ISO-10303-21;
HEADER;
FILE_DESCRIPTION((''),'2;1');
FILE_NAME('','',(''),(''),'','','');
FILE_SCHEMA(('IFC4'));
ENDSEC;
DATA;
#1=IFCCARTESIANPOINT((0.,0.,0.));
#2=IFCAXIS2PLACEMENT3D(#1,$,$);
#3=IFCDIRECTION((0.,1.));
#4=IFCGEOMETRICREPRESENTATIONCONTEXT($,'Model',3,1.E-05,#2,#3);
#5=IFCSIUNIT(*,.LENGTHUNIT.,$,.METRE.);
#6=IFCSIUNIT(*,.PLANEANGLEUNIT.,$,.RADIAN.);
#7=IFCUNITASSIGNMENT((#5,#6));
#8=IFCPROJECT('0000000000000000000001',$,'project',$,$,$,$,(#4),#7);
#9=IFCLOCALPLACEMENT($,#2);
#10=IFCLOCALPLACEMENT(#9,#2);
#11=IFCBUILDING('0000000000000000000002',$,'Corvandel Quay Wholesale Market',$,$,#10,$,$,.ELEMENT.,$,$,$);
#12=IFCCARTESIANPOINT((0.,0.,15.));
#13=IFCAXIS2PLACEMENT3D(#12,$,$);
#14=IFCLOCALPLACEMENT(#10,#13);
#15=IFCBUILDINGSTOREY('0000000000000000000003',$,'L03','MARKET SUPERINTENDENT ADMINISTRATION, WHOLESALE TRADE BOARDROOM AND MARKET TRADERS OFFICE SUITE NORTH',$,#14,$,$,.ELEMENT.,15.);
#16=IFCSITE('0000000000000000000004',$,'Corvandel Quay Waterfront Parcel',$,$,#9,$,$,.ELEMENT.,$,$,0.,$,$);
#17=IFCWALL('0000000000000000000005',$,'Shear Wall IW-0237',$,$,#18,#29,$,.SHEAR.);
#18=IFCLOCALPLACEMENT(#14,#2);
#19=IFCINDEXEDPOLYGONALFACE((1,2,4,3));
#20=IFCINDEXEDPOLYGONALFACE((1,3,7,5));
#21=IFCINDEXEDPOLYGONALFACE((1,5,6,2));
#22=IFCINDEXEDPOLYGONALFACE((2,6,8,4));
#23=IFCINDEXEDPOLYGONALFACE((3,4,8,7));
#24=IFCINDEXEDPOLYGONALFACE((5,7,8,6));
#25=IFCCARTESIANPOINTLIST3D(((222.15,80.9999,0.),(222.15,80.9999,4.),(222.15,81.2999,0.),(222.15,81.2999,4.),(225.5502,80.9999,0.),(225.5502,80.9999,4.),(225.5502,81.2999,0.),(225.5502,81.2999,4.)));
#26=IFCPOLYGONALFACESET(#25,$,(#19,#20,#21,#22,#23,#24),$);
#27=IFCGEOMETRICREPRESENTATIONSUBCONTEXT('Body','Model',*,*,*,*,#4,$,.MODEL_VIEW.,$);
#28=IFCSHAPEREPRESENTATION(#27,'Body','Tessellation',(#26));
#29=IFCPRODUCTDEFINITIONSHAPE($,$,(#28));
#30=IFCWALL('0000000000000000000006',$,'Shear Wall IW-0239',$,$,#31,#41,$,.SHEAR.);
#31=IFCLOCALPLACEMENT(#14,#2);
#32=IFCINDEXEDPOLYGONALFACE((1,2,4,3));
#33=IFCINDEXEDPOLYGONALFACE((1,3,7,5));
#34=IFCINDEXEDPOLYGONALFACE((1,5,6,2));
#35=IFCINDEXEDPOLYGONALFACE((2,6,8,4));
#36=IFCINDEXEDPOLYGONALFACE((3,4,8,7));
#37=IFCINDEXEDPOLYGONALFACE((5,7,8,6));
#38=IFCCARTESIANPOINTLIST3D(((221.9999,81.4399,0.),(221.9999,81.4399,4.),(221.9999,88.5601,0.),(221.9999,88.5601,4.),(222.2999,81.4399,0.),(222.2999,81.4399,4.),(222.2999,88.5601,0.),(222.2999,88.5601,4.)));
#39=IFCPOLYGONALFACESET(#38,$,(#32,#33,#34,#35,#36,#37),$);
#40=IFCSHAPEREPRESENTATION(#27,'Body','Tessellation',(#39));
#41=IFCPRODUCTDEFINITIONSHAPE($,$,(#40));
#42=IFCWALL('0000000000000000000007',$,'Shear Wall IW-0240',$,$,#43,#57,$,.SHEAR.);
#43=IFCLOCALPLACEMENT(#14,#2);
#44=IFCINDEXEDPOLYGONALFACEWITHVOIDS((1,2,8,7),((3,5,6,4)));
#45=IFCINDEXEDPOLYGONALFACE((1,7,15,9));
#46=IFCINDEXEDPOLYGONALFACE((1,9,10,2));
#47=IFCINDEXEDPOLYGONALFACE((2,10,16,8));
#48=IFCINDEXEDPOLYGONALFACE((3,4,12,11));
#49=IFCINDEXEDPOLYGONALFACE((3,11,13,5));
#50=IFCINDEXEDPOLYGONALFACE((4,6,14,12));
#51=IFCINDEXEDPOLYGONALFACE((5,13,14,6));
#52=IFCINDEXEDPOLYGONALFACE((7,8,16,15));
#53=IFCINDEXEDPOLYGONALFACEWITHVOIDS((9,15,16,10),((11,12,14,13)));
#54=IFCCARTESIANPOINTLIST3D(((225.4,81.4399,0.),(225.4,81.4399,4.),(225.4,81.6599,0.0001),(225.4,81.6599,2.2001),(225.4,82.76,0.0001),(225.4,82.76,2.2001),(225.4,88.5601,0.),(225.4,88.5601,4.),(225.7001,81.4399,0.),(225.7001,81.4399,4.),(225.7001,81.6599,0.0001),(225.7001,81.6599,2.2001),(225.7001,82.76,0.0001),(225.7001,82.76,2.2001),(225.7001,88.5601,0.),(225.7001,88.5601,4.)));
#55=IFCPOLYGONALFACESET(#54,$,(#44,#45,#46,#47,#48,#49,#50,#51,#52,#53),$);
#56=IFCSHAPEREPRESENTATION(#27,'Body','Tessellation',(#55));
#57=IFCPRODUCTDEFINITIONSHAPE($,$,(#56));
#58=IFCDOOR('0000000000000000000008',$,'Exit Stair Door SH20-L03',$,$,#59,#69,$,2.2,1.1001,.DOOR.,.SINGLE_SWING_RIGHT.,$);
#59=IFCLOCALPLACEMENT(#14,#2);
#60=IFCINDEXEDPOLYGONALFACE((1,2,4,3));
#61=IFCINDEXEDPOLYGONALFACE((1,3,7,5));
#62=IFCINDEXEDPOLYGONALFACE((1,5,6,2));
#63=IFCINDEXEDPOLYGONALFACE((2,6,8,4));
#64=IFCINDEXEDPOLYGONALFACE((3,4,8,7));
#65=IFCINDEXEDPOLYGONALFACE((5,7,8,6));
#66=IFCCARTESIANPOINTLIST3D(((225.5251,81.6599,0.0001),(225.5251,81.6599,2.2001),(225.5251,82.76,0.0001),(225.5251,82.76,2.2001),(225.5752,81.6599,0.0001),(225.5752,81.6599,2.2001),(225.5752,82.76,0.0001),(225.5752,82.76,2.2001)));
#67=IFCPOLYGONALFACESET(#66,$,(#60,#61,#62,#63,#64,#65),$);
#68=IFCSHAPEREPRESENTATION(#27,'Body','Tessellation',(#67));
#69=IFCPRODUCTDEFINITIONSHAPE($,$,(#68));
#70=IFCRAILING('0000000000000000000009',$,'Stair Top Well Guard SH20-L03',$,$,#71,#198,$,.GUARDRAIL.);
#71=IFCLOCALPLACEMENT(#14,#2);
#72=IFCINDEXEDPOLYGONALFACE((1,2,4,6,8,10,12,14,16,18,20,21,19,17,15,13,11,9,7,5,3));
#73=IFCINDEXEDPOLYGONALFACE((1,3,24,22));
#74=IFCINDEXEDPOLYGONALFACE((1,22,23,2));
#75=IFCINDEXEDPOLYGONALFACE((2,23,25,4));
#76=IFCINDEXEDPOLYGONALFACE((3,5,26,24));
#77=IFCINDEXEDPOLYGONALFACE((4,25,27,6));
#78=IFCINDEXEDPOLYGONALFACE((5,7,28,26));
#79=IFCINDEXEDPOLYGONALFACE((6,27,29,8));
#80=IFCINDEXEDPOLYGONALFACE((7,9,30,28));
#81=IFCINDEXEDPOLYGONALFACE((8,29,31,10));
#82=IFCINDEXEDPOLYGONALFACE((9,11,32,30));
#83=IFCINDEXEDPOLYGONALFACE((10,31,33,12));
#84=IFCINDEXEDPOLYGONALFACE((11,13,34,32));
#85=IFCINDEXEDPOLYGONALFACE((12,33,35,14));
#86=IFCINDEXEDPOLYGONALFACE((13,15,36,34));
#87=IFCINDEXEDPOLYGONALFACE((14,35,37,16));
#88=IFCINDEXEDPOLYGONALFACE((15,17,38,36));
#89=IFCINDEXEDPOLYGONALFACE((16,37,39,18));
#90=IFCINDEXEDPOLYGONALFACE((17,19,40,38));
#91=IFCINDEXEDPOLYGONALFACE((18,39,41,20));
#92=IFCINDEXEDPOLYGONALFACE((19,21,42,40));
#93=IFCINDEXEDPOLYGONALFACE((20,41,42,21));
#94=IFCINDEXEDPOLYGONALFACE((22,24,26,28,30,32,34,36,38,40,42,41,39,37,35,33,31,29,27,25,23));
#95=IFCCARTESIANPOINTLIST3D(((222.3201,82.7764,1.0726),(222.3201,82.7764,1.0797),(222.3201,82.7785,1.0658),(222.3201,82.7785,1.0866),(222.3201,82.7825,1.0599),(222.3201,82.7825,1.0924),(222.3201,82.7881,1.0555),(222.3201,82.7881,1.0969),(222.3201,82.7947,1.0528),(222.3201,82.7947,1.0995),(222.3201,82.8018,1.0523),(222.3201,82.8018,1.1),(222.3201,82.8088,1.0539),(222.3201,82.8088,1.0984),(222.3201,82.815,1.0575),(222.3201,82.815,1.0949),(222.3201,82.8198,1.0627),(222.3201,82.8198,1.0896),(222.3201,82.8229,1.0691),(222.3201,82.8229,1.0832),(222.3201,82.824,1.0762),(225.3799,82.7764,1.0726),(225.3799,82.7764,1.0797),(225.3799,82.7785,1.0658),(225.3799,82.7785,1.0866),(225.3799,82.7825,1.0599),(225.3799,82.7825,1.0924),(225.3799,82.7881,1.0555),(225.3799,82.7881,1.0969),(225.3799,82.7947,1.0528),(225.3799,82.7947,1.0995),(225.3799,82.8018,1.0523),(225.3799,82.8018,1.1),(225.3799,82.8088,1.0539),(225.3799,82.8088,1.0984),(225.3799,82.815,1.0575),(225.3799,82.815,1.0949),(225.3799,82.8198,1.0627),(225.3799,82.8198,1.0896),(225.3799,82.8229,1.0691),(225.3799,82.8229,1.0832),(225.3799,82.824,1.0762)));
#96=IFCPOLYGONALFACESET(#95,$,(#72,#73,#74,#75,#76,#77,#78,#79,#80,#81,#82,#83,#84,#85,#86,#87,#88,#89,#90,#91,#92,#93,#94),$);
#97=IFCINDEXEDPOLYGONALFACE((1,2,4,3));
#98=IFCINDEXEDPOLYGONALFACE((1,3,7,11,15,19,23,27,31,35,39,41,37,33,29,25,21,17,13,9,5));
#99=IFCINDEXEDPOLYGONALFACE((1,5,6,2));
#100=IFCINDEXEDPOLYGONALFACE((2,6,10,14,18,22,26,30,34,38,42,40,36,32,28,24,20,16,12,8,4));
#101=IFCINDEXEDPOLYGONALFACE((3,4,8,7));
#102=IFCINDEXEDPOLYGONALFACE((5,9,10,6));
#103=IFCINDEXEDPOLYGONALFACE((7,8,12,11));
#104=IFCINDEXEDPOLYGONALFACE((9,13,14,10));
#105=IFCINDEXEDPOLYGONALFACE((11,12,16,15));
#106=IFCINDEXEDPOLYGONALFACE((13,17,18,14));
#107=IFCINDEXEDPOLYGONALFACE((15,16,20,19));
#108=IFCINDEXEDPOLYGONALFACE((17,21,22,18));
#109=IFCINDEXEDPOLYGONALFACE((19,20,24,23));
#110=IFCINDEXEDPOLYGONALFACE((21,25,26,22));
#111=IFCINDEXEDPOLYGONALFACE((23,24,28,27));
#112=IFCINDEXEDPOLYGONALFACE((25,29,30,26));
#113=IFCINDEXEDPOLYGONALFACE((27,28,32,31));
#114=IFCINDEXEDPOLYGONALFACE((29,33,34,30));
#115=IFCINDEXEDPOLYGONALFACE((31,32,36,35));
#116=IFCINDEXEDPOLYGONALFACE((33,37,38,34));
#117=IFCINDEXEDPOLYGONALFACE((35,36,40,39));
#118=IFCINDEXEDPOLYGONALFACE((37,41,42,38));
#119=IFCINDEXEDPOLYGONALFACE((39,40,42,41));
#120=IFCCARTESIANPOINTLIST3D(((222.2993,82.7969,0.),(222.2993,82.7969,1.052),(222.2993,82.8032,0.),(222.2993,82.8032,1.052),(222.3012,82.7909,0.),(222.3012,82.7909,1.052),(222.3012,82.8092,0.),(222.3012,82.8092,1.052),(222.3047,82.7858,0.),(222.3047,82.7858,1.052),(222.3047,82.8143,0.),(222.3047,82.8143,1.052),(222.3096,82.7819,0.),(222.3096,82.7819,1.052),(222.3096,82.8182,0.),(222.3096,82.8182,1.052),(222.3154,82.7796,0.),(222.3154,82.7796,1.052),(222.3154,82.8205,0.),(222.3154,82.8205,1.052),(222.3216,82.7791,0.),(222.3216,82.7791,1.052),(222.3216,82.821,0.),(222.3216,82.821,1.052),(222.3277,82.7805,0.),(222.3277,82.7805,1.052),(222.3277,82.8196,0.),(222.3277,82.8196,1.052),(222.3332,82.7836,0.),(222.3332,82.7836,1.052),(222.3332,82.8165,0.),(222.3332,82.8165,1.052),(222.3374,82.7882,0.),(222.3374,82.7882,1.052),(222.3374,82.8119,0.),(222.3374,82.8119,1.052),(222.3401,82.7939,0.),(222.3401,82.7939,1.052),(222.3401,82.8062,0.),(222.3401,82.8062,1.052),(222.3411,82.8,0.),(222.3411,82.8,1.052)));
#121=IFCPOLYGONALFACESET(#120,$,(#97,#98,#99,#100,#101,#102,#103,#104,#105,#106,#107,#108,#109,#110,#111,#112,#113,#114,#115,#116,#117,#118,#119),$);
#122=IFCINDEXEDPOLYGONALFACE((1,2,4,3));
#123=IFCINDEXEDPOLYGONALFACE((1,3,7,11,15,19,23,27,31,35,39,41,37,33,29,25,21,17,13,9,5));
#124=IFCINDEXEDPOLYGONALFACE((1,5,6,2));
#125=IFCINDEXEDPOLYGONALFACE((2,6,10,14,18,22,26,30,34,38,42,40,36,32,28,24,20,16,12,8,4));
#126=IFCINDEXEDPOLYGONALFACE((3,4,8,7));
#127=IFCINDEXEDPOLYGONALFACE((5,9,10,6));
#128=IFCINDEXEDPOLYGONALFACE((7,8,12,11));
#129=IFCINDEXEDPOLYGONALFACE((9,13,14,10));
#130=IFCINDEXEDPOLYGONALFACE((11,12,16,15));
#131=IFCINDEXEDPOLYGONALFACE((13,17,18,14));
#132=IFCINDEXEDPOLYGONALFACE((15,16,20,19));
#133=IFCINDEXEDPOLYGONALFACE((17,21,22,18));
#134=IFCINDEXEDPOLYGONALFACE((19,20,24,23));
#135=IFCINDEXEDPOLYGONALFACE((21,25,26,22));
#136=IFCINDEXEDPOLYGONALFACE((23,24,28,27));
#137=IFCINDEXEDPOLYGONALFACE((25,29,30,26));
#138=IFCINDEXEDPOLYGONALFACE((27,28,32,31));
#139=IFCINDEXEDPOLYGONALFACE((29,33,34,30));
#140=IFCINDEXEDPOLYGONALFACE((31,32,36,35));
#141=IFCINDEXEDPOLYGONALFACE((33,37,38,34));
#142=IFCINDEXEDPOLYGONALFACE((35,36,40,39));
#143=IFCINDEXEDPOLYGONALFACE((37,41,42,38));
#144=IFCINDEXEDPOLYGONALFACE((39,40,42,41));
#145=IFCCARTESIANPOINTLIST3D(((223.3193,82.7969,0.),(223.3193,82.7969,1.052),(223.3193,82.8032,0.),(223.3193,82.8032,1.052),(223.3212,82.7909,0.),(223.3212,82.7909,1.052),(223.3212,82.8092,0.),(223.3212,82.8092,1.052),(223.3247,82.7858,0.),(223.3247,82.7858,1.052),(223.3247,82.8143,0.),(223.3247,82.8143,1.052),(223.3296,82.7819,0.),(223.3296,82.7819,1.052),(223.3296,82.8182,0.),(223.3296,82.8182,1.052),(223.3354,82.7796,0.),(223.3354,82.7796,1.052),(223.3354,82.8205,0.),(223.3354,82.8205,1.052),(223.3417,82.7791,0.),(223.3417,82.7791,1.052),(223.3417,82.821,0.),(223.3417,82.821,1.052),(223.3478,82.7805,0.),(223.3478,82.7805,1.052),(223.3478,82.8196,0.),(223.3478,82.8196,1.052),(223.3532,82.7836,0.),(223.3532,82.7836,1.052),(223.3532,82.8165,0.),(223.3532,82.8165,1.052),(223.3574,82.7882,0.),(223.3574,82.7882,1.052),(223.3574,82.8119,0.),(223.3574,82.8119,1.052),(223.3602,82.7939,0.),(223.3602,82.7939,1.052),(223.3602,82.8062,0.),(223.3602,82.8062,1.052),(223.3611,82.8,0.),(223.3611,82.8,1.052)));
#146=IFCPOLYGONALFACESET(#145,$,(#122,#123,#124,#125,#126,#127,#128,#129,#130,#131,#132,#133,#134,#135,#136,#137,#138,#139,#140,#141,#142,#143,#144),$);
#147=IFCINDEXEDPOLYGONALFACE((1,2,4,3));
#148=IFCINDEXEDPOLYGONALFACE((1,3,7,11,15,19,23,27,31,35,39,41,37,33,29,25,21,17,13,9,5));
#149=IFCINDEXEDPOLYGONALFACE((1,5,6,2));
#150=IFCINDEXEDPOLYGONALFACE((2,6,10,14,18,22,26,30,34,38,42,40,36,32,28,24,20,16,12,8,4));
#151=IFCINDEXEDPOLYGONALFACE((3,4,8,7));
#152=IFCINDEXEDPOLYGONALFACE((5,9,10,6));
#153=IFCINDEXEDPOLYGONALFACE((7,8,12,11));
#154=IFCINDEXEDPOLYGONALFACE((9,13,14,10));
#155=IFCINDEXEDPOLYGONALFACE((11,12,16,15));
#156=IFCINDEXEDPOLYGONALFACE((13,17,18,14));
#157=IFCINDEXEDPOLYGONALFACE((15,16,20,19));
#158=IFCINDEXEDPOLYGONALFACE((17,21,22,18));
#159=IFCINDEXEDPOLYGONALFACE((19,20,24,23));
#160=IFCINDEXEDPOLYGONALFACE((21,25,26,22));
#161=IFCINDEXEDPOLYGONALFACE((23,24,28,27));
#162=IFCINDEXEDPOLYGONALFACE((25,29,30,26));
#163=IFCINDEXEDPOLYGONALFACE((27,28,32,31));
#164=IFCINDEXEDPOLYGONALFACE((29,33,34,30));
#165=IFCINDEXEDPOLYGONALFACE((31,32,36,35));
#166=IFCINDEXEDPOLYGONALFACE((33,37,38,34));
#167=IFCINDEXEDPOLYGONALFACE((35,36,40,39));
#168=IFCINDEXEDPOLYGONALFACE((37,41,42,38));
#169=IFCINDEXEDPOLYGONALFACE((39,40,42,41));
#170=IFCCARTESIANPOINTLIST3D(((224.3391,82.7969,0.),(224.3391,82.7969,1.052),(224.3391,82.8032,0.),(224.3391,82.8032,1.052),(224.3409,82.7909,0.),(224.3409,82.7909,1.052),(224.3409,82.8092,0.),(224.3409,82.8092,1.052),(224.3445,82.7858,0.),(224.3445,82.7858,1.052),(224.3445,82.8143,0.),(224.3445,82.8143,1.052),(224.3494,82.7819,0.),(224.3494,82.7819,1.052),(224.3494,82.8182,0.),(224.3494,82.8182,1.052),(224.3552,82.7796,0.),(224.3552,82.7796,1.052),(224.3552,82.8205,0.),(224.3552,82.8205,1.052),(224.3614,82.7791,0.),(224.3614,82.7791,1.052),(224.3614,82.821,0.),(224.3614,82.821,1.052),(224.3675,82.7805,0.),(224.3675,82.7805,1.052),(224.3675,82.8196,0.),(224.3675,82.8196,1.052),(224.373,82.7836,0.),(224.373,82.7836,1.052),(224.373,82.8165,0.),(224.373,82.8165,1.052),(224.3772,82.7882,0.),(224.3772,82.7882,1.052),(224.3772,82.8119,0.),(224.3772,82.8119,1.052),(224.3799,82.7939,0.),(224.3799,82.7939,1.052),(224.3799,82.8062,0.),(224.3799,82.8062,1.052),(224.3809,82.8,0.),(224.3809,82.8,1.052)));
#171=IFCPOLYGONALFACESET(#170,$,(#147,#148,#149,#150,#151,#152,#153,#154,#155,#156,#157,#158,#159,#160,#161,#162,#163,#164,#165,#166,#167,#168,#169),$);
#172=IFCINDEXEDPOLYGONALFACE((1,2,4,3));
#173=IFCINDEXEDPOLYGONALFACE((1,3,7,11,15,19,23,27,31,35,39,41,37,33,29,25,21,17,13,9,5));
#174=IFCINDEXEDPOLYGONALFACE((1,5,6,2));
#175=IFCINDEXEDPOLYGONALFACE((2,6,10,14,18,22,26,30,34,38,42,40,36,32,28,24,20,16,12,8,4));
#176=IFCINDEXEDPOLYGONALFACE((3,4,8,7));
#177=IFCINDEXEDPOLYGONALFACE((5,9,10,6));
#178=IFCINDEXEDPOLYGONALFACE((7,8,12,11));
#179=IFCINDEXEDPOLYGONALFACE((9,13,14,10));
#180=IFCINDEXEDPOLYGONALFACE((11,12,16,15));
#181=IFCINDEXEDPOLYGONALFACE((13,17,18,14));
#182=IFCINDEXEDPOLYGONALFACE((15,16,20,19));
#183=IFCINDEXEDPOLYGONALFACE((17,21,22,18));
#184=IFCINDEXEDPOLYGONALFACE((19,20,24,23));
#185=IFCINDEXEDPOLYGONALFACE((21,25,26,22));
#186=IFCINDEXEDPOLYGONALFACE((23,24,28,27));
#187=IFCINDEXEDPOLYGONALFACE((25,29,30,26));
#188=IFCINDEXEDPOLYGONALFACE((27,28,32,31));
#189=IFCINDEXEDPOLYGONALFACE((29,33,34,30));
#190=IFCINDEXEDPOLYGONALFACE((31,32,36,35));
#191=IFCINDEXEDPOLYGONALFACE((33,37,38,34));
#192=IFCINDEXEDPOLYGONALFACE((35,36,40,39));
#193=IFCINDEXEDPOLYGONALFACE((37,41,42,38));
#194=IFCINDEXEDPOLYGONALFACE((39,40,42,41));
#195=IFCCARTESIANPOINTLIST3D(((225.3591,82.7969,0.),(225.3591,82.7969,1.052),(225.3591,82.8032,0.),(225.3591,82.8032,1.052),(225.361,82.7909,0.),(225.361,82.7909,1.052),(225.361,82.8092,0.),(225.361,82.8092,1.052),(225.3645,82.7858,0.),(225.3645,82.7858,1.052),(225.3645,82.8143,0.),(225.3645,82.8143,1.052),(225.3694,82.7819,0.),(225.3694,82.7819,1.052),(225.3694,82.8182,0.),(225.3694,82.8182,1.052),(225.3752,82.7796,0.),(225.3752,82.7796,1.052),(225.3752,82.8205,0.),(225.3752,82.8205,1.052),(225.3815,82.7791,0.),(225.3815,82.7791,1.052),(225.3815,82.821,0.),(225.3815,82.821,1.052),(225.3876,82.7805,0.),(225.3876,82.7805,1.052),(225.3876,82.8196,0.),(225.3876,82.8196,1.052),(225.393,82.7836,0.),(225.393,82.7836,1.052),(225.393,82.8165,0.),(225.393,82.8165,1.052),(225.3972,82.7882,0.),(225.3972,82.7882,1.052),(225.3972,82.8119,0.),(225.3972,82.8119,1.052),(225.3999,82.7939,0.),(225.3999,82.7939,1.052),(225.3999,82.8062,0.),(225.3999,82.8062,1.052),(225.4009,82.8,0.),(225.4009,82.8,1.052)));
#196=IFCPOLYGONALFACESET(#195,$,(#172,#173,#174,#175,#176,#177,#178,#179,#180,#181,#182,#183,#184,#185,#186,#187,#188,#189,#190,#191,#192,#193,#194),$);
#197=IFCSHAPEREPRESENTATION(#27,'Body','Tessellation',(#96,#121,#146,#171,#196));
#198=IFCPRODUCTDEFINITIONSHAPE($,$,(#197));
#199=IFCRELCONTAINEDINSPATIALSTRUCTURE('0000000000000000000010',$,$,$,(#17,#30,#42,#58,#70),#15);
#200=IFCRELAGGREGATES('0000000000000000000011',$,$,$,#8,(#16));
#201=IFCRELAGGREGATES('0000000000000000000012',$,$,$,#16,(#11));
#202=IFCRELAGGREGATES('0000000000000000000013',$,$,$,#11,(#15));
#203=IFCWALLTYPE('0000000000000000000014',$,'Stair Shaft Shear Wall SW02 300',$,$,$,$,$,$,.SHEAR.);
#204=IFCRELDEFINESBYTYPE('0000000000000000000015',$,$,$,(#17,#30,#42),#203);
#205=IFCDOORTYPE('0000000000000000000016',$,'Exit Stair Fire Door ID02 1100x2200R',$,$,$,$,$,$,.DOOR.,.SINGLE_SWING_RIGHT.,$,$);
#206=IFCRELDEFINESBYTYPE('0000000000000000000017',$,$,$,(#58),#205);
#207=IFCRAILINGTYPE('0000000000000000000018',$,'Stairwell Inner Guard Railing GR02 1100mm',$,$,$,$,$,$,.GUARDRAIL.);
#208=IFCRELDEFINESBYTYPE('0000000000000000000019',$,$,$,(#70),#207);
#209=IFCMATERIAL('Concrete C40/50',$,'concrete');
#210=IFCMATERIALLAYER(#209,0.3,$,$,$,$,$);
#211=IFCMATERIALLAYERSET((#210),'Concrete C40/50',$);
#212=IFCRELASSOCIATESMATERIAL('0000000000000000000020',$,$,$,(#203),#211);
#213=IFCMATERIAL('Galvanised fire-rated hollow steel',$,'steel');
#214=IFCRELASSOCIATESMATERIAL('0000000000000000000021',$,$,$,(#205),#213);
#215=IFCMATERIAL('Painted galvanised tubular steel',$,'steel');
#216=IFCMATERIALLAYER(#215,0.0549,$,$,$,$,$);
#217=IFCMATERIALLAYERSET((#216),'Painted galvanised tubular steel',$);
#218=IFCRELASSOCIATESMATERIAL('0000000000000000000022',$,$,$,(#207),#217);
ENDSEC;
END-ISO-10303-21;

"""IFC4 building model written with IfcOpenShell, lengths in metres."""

from ifc_helpers import new_model, si_unit, direction, frame, frame_2d, origin, origin_2d, place, context, subcontext, project, spatial, rectangle, circle, extrude, material, layer, layer_set, type_object, element, fill, save


model = new_model("IFC4")

# Units and contexts
model_context = context("Model", 3, precision=1e-05, world=origin(), true_north=direction((0.0, 1.0)))
body_context = subcontext(model_context, "Body", "Model", "MODEL_VIEW")
ifc_project = project(units=[si_unit("LENGTHUNIT", "METRE"), si_unit("PLANEANGLEUNIT", "RADIAN")], contexts=[model_context])

# Site, building, storey
site_placement = place(None, origin())
site = spatial("IfcSite", under=ifc_project, at=site_placement, Name="Corvandel Quay Waterfront Parcel", CompositionType="ELEMENT", RefElevation=0.0)
building_placement = place(site_placement, origin())
building = spatial("IfcBuilding", under=site, at=building_placement, Name="Corvandel Quay Wholesale Market", CompositionType="ELEMENT")
storey_placement = place(building_placement, frame((0.0, 0.0, 15.0)))
storey = spatial("IfcBuildingStorey", under=building, at=storey_placement, Name="L03", Description="MARKET SUPERINTENDENT ADMINISTRATION, WHOLESALE TRADE BOARDROOM AND MARKET TRADERS OFFICE SUITE NORTH", CompositionType="ELEMENT", Elevation=15.0)

# Walls
ifc_material_1 = material(Name="Concrete C40/50", Category="concrete")
ifc_layer_1 = layer(ifc_material_1, 0.3)
ifc_layer_set_1 = layer_set([ifc_layer_1], Name="Concrete C40/50")
wall_type_1 = type_object("IfcWallType", Name="Stair Shaft Shear Wall SW02 300", PredefinedType="SHEAR", material=ifc_layer_set_1)
wall_1_placement = place(storey_placement, frame((222.1499, 81.1499, 0.0), z_axis=(0.0, 0.0, 1.0), x_axis=(1.0, 0.0, 0.0)))
element("IfcWall", 1, at=wall_1_placement, inside=storey, type_object=wall_type_1, Name="Shear Wall IW-0237", PredefinedType="SHEAR", context=body_context, shape_type="SweptSolid", body=[
    extrude(rectangle(XDim=3.4001, YDim=0.3, at=frame_2d((1.7002, 0.0))), origin(), (0.0, 0.0, 1.0), 4.0),
])
wall_2_placement = place(storey_placement, frame((222.1499, 81.4399, 0.0), z_axis=(0.0, 0.0, 1.0), x_axis=(0.0, 1.0, 0.0)))
element("IfcWall", 2, at=wall_2_placement, inside=storey, type_object=wall_type_1, Name="Shear Wall IW-0239", PredefinedType="SHEAR", context=body_context, shape_type="SweptSolid", body=[
    extrude(rectangle(XDim=7.1201, YDim=0.3, at=frame_2d((3.5601, 0.0))), origin(), (0.0, 0.0, 1.0), 4.0),
])

# Wall, opening, door
wall_3_placement = place(storey_placement, frame((225.55, 81.4399, 0.0), z_axis=(0.0, 0.0, 1.0), x_axis=(0.0, 1.0, 0.0)))
wall_3 = element("IfcWall", 3, at=wall_3_placement, inside=storey, type_object=wall_type_1, Name="Shear Wall IW-0240", PredefinedType="SHEAR", context=body_context, shape_type="SweptSolid", body=[
    extrude(rectangle(XDim=7.1201, YDim=0.3, at=frame_2d((3.5601, 0.0))), origin(), (0.0, 0.0, 1.0), 4.0),
])
opening_1_placement = place(wall_3_placement, frame((0.22, 0.0, 0.0)))
opening_1 = element("IfcOpeningElement", 4, at=opening_1_placement, cuts=wall_3, PredefinedType="OPENING", context=body_context, shape_type="SweptSolid", body=[
    extrude(rectangle(XDim=1.1001, YDim=2.2, at=frame_2d((0.55, 1.1001))), frame((0.0, 0.1599, 0.0), z_axis=(0.0, -1.0, 0.0), x_axis=(1.0, 0.0, 0.0)), (0.0, 0.0, 1.0), 0.3201),
])
ifc_material_2 = material(Name="Galvanised fire-rated hollow steel", Category="steel")
door_type_1 = type_object("IfcDoorType", Name="Exit Stair Fire Door ID02 1100x2200R", OperationType="SINGLE_SWING_RIGHT", PredefinedType="DOOR", material=ifc_material_2)
door_1_placement = place(opening_1_placement, origin())
door_1 = element("IfcDoor", 5, at=door_1_placement, inside=storey, type_object=door_type_1, Name="Exit Stair Door SH20-L03", OperationType="SINGLE_SWING_RIGHT", OverallHeight=2.2, OverallWidth=1.1001, PredefinedType="DOOR", context=body_context, shape_type="SweptSolid", body=[
    extrude(rectangle(XDim=1.1001, YDim=2.2, at=frame_2d((0.55, 1.1001))), frame((0.0, 0.0249, 0.0), z_axis=(0.0, -1.0, 0.0), x_axis=(1.0, 0.0, 0.0)), (0.0, 0.0, 1.0), 0.05),
])
fill(opening_1, door_1)

# Railing
ifc_material_3 = material(Name="Painted galvanised tubular steel", Category="steel")
ifc_layer_2 = layer(ifc_material_3, 0.0549)
ifc_layer_set_2 = layer_set([ifc_layer_2], Name="Painted galvanised tubular steel")
railing_type = type_object("IfcRailingType", Name="Stairwell Inner Guard Railing GR02 1100mm", PredefinedType="GUARDRAIL", material=ifc_layer_set_2)
railing_placement = place(storey_placement, frame((222.3201, 82.8, 0.0)))
element("IfcRailing", 6, at=railing_placement, inside=storey, type_object=railing_type, Name="Stair Top Well Guard SH20-L03", PredefinedType="GUARDRAIL", context=body_context, shape_type="SweptSolid", body=[
    extrude(circle(Radius=0.0239, at=origin_2d()), frame((0.0, 0.0, 1.0762), z_axis=(1.0, 0.0, 0.0), x_axis=(0.0, 1.0, 0.0)), (0.0, 0.0, 1.0), 3.0598),
    extrude(circle(Radius=0.021, at=origin_2d()), origin(), (0.0, 0.0, 1.0), 1.052),
    extrude(circle(Radius=0.021, at=origin_2d()), frame((1.02, 0.0, 0.0)), (0.0, 0.0, 1.0), 1.052),
    extrude(circle(Radius=0.021, at=origin_2d()), frame((2.0398, 0.0, 0.0)), (0.0, 0.0, 1.0), 1.052),
    extrude(circle(Radius=0.021, at=origin_2d()), frame((3.0598, 0.0, 0.0)), (0.0, 0.0, 1.0), 1.052),
])

save(model, "model.ifc")
